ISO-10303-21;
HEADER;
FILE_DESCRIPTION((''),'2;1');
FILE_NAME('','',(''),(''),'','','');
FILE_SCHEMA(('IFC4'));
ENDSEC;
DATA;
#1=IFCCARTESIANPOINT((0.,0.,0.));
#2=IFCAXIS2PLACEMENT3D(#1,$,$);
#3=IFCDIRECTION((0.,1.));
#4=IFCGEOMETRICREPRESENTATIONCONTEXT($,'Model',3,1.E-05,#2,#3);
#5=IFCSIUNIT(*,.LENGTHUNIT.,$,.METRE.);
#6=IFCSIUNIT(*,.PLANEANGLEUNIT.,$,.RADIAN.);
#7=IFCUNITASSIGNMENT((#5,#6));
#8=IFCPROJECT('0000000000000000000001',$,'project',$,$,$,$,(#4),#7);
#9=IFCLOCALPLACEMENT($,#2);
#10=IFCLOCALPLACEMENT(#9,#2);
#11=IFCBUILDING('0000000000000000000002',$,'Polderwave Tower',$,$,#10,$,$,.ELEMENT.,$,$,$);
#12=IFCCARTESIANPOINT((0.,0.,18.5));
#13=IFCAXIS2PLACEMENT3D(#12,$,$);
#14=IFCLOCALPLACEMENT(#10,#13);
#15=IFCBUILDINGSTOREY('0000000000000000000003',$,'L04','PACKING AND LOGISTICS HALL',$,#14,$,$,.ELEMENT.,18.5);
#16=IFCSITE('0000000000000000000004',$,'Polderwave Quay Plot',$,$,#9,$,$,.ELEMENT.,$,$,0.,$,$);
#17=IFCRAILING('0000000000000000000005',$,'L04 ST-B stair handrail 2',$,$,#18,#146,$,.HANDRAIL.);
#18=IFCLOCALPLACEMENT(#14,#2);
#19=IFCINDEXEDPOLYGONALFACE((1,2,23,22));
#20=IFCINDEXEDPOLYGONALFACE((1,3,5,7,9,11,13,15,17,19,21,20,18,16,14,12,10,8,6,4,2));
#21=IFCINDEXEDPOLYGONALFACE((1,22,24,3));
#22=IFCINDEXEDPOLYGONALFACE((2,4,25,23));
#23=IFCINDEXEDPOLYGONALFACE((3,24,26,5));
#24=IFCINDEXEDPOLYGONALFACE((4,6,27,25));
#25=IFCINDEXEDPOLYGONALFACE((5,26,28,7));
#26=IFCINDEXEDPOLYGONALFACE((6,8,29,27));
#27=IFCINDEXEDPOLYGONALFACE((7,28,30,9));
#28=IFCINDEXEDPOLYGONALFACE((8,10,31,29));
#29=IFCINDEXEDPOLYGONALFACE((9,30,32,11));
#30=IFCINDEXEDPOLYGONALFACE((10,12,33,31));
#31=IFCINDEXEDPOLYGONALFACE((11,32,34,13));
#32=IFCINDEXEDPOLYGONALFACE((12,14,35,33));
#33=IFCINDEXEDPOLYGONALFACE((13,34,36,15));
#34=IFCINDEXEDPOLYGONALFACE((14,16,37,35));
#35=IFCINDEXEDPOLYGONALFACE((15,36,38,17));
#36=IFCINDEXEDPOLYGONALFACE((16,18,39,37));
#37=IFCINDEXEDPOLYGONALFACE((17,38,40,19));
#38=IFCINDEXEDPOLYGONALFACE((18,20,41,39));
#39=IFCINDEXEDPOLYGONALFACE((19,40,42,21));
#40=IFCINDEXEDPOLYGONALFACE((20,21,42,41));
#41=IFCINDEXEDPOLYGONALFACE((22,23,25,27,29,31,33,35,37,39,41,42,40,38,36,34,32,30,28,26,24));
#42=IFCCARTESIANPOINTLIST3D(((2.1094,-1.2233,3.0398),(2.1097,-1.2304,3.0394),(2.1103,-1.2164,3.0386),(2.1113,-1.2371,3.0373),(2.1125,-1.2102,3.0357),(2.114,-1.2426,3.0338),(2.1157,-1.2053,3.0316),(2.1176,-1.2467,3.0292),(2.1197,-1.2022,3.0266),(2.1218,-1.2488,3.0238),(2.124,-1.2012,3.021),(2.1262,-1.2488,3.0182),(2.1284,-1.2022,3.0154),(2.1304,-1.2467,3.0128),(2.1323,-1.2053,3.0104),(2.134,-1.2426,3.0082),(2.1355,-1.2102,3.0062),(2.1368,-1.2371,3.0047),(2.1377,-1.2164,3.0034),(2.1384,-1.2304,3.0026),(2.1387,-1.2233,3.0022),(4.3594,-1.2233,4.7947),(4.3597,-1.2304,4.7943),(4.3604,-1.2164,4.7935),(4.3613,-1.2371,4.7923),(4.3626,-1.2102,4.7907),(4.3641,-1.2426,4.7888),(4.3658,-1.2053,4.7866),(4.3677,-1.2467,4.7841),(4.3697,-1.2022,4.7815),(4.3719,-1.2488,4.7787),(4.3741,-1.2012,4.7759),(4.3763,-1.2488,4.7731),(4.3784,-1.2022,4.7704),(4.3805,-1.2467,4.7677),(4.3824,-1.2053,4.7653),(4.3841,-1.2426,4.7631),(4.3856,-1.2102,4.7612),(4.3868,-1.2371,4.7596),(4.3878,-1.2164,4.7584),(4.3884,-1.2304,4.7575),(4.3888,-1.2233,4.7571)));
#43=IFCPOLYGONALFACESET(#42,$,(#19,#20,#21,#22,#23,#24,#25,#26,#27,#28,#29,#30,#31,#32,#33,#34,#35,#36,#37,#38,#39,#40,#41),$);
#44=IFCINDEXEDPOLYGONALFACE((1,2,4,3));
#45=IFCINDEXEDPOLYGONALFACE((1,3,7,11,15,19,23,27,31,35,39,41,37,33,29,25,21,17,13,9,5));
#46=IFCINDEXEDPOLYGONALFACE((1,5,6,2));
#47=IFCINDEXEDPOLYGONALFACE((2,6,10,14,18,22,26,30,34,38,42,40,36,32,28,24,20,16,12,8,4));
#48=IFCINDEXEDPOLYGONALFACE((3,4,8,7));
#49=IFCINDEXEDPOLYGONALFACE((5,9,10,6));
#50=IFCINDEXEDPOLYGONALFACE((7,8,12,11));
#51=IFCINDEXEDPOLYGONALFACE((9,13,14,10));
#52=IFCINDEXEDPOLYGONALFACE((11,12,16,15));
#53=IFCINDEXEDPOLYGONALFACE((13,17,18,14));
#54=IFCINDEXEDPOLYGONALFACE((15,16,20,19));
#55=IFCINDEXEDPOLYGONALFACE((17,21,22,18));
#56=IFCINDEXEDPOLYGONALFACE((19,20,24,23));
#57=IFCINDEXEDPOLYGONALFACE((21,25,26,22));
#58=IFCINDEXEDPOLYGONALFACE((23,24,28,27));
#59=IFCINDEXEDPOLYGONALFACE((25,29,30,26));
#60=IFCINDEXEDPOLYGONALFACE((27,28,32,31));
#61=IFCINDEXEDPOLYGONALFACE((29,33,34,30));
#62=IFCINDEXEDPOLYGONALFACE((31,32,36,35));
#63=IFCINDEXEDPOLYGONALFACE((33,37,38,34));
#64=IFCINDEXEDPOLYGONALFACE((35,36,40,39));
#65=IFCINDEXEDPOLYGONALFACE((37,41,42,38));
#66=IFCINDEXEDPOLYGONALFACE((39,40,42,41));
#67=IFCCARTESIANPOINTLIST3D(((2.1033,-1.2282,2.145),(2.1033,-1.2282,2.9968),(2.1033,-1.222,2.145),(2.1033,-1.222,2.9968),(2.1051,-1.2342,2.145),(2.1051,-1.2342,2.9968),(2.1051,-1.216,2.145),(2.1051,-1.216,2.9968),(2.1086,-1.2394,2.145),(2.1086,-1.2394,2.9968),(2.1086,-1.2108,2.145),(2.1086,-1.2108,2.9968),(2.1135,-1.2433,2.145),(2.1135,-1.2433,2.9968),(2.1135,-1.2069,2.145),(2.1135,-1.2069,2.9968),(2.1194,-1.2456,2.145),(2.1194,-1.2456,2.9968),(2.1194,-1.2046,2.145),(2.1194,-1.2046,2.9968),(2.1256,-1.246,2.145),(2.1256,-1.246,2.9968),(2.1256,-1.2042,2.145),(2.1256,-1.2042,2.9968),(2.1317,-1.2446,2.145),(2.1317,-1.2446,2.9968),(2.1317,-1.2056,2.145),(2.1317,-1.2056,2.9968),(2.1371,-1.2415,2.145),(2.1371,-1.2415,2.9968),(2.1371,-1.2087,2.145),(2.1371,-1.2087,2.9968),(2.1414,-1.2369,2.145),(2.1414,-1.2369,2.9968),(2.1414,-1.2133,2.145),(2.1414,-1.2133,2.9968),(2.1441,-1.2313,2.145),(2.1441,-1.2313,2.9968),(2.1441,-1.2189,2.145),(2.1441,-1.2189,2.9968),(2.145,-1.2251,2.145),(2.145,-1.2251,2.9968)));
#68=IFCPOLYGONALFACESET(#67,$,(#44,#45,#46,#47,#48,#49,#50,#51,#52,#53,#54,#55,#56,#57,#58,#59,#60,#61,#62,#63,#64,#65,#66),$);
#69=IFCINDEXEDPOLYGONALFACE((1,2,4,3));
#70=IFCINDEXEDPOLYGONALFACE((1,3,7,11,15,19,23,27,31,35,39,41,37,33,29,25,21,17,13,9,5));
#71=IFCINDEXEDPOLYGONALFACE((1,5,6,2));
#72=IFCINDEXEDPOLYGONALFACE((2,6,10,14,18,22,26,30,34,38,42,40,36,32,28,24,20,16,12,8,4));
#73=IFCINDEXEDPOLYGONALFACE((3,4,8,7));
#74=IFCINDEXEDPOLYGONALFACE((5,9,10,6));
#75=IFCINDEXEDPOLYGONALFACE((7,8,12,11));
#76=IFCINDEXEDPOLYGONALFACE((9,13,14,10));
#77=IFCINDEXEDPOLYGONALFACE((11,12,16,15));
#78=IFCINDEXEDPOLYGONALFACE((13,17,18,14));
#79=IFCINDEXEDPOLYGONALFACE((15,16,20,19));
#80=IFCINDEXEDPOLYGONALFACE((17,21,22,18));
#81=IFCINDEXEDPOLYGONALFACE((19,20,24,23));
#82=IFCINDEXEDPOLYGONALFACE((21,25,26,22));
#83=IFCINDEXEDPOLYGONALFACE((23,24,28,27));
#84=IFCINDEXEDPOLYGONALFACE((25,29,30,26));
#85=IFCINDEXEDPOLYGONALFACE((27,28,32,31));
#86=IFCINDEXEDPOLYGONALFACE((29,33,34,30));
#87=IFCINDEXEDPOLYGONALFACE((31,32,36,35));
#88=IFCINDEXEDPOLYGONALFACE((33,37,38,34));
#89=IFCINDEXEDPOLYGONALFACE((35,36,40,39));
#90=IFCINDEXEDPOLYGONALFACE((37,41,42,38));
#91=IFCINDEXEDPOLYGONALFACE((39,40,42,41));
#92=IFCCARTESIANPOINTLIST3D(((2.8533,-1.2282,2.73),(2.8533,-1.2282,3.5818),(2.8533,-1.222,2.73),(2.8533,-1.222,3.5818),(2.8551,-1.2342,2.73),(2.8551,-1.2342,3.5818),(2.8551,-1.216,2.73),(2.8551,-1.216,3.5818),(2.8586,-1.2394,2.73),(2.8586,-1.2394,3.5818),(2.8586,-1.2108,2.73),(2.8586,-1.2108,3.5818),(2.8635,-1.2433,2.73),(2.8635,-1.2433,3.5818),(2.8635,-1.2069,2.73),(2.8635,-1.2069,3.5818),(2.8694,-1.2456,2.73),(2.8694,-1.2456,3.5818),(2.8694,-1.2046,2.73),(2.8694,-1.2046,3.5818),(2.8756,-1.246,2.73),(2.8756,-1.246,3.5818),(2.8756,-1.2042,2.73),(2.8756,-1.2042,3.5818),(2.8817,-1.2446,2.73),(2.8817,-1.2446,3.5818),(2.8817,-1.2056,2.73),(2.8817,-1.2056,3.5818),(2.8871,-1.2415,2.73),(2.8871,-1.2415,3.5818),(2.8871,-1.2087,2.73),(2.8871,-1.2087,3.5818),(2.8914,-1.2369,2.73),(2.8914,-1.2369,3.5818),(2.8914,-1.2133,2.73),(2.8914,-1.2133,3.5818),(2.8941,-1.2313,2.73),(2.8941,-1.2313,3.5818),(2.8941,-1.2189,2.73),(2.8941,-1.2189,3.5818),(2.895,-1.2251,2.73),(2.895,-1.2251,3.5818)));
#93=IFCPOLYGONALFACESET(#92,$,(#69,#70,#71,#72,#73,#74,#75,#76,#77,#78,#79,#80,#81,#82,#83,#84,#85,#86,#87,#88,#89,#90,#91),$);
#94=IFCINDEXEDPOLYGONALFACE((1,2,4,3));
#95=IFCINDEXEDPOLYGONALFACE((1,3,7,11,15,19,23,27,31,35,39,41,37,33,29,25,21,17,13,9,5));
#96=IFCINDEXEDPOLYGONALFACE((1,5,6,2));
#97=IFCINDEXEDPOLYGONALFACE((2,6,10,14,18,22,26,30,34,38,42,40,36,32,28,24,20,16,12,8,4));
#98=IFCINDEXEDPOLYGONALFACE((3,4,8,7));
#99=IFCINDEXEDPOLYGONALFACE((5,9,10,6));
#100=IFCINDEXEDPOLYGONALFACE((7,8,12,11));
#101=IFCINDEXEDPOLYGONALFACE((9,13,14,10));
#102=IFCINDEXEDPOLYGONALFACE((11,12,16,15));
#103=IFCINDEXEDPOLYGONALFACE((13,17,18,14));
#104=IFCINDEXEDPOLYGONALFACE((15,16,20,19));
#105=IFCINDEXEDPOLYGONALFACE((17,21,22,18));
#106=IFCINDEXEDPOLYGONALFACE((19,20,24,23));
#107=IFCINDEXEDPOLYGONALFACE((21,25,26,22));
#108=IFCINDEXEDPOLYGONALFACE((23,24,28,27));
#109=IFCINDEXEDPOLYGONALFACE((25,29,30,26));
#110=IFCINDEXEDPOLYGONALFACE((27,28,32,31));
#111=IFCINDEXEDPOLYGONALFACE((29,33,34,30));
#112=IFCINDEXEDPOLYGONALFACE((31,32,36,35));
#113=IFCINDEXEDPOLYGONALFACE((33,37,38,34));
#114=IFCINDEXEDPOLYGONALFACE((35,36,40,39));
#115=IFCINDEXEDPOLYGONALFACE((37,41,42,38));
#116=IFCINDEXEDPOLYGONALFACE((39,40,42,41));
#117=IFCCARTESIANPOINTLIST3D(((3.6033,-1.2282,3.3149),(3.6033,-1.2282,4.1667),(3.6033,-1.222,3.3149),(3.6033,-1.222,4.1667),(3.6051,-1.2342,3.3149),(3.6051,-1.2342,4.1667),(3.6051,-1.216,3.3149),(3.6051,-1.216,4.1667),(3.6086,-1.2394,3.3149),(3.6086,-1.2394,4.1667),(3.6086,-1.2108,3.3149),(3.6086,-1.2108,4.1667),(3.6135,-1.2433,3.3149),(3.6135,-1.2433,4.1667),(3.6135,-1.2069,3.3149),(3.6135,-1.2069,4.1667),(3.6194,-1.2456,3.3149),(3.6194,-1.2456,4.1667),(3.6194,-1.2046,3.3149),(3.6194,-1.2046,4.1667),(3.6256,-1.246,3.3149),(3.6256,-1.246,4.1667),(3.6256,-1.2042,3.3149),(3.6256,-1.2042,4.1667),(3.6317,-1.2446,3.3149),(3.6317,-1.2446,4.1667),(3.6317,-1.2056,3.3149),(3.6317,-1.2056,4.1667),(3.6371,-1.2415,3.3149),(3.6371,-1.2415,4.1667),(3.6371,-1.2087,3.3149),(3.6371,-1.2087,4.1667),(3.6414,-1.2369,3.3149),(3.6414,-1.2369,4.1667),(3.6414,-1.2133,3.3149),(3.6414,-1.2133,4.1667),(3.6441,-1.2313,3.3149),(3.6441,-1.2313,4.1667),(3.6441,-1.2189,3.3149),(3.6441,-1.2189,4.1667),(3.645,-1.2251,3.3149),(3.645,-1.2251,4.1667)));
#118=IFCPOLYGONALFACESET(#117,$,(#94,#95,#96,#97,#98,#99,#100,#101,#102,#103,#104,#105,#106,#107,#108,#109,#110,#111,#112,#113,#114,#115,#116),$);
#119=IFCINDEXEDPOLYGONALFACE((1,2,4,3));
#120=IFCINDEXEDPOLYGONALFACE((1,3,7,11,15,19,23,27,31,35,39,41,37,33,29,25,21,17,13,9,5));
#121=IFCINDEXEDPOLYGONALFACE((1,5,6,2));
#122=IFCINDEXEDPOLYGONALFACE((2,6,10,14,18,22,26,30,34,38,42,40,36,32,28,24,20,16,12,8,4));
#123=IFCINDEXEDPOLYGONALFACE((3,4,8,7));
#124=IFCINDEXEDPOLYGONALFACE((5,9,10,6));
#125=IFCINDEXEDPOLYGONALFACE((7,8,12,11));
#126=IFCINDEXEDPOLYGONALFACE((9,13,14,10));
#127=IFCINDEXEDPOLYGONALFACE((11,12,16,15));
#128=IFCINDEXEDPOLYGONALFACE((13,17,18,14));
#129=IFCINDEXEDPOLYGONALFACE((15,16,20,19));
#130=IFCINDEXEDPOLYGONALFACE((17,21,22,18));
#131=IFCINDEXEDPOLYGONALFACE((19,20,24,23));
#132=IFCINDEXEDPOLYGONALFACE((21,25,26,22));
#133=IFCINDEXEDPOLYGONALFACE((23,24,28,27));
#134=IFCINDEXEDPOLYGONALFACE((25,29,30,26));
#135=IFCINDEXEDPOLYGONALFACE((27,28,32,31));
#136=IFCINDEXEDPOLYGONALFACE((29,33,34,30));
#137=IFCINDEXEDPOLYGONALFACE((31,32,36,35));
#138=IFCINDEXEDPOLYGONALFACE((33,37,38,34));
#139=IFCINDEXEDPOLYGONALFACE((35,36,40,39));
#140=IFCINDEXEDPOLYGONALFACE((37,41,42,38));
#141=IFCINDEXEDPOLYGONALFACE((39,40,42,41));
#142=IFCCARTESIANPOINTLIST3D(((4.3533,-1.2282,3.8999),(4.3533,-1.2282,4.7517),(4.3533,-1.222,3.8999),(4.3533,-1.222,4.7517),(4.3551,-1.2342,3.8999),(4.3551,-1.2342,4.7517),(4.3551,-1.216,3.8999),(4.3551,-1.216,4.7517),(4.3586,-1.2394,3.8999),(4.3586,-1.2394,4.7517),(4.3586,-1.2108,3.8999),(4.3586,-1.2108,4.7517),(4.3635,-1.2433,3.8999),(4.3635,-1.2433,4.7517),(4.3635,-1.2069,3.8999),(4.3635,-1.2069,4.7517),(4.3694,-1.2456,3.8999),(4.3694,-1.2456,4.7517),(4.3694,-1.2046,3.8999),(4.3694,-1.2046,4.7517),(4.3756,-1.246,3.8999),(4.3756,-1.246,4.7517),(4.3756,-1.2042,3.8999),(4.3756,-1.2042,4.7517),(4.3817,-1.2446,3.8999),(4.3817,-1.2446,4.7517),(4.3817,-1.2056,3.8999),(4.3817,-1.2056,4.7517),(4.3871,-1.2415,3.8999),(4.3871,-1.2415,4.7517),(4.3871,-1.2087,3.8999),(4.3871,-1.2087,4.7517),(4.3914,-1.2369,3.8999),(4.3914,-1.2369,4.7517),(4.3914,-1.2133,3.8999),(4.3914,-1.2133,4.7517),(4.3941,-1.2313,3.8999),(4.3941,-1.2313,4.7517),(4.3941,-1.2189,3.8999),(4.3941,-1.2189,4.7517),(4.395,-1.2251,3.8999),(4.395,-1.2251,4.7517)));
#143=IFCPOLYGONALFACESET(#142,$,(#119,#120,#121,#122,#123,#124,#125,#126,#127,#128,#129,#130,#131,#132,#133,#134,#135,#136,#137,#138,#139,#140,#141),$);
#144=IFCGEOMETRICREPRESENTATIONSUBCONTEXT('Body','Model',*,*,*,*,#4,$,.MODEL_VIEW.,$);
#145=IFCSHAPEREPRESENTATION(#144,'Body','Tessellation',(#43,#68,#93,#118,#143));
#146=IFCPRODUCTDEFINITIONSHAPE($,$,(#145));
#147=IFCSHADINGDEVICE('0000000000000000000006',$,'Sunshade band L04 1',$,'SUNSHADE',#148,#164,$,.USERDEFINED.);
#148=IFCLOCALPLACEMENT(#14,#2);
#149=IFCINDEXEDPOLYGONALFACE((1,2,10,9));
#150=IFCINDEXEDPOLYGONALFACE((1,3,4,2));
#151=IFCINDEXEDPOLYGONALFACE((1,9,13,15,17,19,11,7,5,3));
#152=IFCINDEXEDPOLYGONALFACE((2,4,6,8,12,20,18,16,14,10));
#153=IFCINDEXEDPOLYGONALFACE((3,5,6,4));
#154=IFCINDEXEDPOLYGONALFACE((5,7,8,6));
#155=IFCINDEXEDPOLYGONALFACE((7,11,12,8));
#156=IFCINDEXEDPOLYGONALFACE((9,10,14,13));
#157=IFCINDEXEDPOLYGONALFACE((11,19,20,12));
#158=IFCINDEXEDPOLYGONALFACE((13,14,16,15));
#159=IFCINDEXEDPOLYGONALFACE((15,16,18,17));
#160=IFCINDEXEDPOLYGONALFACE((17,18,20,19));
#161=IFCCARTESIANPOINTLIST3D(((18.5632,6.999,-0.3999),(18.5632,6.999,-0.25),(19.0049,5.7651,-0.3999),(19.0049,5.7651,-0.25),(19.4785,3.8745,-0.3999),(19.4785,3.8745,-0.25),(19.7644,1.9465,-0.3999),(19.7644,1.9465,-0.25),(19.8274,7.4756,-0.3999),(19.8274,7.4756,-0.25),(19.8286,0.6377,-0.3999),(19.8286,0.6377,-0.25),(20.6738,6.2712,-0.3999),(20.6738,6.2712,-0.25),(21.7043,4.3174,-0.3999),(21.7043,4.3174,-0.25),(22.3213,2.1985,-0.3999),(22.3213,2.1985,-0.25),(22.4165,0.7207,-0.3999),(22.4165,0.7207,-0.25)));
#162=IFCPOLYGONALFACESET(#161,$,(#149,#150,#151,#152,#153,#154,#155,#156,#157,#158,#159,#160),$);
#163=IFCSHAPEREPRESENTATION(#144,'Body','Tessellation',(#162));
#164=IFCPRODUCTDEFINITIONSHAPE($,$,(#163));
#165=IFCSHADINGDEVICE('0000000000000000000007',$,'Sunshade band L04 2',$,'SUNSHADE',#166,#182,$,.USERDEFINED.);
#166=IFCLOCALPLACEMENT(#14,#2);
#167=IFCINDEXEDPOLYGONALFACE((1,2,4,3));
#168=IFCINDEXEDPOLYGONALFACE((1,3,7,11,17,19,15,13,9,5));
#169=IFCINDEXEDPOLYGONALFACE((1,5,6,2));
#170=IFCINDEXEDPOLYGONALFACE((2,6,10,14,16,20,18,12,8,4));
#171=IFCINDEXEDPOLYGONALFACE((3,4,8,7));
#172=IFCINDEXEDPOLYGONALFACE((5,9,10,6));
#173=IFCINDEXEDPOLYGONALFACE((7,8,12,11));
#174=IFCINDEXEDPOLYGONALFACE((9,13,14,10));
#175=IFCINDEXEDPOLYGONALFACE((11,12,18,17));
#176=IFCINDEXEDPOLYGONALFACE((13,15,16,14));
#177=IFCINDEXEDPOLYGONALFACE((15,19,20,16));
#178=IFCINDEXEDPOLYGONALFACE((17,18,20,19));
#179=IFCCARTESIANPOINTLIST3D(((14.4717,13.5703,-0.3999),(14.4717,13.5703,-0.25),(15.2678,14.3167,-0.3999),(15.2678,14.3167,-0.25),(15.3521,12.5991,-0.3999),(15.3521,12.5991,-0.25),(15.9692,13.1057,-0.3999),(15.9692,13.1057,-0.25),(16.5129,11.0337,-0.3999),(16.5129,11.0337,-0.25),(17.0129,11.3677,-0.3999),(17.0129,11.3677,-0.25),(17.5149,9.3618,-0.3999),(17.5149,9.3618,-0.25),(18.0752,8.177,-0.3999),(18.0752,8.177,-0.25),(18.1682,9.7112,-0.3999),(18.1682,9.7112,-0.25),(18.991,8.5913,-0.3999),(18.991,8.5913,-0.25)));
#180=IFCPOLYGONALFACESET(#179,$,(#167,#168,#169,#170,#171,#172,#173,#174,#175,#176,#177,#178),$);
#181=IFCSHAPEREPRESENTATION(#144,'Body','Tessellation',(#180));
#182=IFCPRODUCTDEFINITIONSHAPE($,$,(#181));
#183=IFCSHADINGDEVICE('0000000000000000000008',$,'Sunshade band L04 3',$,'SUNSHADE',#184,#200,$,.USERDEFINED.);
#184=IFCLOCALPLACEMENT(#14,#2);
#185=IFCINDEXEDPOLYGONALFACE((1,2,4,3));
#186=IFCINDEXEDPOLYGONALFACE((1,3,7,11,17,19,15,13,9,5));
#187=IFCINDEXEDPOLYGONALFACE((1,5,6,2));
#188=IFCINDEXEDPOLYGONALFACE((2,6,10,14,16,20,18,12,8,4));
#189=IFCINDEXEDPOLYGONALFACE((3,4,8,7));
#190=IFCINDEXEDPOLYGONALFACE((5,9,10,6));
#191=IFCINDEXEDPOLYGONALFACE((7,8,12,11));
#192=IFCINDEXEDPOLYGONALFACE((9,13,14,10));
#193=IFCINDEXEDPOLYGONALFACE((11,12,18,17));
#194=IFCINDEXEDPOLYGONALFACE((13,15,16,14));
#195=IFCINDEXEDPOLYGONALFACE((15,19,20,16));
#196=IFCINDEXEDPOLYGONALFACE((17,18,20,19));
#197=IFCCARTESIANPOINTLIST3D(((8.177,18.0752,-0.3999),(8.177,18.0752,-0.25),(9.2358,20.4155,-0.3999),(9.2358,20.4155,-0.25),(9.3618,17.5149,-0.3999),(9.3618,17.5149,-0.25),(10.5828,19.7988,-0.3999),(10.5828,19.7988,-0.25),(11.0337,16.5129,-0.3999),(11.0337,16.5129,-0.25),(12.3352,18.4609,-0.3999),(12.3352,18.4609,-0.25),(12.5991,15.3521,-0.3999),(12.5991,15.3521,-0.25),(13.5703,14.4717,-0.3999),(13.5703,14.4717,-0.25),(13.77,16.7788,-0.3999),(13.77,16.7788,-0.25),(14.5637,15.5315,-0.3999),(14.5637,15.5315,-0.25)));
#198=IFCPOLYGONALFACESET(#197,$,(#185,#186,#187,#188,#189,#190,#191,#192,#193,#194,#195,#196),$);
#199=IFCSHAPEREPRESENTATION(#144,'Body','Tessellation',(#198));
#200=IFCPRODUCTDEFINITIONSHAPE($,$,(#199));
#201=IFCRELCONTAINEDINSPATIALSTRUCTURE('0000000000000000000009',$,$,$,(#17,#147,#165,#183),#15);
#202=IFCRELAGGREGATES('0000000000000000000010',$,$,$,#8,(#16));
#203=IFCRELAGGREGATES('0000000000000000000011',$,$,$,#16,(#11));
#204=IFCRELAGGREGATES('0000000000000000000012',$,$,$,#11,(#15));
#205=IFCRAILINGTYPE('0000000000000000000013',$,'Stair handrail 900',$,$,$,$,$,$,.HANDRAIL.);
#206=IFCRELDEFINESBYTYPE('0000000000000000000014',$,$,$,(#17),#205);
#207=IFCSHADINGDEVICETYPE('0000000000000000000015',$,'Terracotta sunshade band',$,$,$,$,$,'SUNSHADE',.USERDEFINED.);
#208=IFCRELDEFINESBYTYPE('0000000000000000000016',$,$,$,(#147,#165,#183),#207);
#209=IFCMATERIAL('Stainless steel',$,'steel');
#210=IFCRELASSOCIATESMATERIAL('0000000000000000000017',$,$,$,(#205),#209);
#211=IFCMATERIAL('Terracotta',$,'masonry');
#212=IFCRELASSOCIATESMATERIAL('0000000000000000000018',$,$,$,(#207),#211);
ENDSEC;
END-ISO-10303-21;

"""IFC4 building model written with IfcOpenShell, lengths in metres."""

from ifc_helpers import new_model, si_unit, direction, frame, origin, origin_2d, place, context, subcontext, project, spatial, polyline, circle, outline, extrude, material, type_object, element, save


model = new_model("IFC4")

# Units and contexts
model_context = context("Model", 3, precision=1e-05, world=origin(), true_north=direction((0.0, 1.0)))
body_context = subcontext(model_context, "Body", "Model", "MODEL_VIEW")
ifc_project = project(units=[si_unit("LENGTHUNIT", "METRE"), si_unit("PLANEANGLEUNIT", "RADIAN")], contexts=[model_context])

# Site, building, storey
site_placement = place(None, origin())
site = spatial("IfcSite", under=ifc_project, at=site_placement, Name="Polderwave Quay Plot", CompositionType="ELEMENT", RefElevation=0.0)
building_placement = place(site_placement, origin())
building = spatial("IfcBuilding", under=site, at=building_placement, Name="Polderwave Tower", CompositionType="ELEMENT")
storey_placement = place(building_placement, frame((0.0, 0.0, 18.5)))
storey = spatial("IfcBuildingStorey", under=building, at=storey_placement, Name="L04", Description="PACKING AND LOGISTICS HALL", CompositionType="ELEMENT", Elevation=18.5)

# Railing
ifc_material_1 = material(Name="Stainless steel", Category="steel")
railing_type_1 = type_object("IfcRailingType", Name="Stair handrail 900", PredefinedType="HANDRAIL", material=ifc_material_1)
railing_1_placement = place(storey_placement, frame((2.124, -1.2251, 2.145)))
element("IfcRailing", 1, at=railing_1_placement, inside=storey, type_object=railing_type_1, Name="L04 ST-B stair handrail 2", PredefinedType="HANDRAIL", context=body_context, shape_type="SweptSolid", body=[
    extrude(circle(Radius=0.0239, at=origin_2d()), frame((0.0, 0.0, 0.876), z_axis=(0.788522, 0.0, 0.615006), x_axis=(0.0, 1.0, 0.0)), (0.0, 0.0, 1.0), 2.8535),
    extrude(circle(Radius=0.021, at=origin_2d()), origin(), (0.0, 0.0, 1.0), 0.8518),
    extrude(circle(Radius=0.021, at=origin_2d()), frame((0.75, 0.0, 0.585)), (0.0, 0.0, 1.0), 0.8518),
    extrude(circle(Radius=0.021, at=origin_2d()), frame((1.5, 0.0, 1.1699)), (0.0, 0.0, 1.0), 0.8518),
    extrude(circle(Radius=0.021, at=origin_2d()), frame((2.25, 0.0, 1.7549)), (0.0, 0.0, 1.0), 0.8518),
])

# Shading devices
ifc_material_2 = material(Name="Terracotta", Category="masonry")
shading_device_type = type_object("IfcShadingDeviceType", Name="Terracotta sunshade band", ElementType="SUNSHADE", PredefinedType="USERDEFINED", material=ifc_material_2)
shading_device_1_placement = place(storey_placement, frame((0.0, 0.0, -0.3999)))
element("IfcShadingDevice", 2, at=shading_device_1_placement, inside=storey, type_object=shading_device_type, Name="Sunshade band L04 1", ObjectType="SUNSHADE", PredefinedType="USERDEFINED", context=body_context, shape_type="SweptSolid", body=[
    extrude(outline(polyline([(19.8286, 0.6377), (19.7644, 1.9465), (19.4785, 3.8745), (19.0049, 5.7651), (18.5632, 6.999), (19.8274, 7.4756), (20.6738, 6.2712), (21.7043, 4.3174), (22.3213, 2.1985), (22.4165, 0.7207), (19.8286, 0.6377)])), origin(), (0.0, 0.0, 1.0), 0.1499),
])
shading_device_2_placement = place(storey_placement, frame((0.0, 0.0, -0.3999)))
element("IfcShadingDevice", 3, at=shading_device_2_placement, inside=storey, type_object=shading_device_type, Name="Sunshade band L04 2", ObjectType="SUNSHADE", PredefinedType="USERDEFINED", context=body_context, shape_type="SweptSolid", body=[
    extrude(outline(polyline([(18.0752, 8.177), (17.5149, 9.3618), (16.5129, 11.0337), (15.3521, 12.5991), (14.4717, 13.5703), (15.2678, 14.3167), (15.9692, 13.1057), (17.0129, 11.3677), (18.1682, 9.7112), (18.991, 8.5913), (18.0752, 8.177)])), origin(), (0.0, 0.0, 1.0), 0.1499),
])
shading_device_3_placement = place(storey_placement, frame((0.0, 0.0, -0.3999)))
element("IfcShadingDevice", 4, at=shading_device_3_placement, inside=storey, type_object=shading_device_type, Name="Sunshade band L04 3", ObjectType="SUNSHADE", PredefinedType="USERDEFINED", context=body_context, shape_type="SweptSolid", body=[
    extrude(outline(polyline([(13.5703, 14.4717), (12.5991, 15.3521), (11.0337, 16.5129), (9.3618, 17.5149), (8.177, 18.0752), (9.2358, 20.4155), (10.5828, 19.7988), (12.3352, 18.4609), (13.77, 16.7788), (14.5637, 15.5315), (13.5703, 14.4717)])), origin(), (0.0, 0.0, 1.0), 0.1499),
])

save(model, "model.ifc")
